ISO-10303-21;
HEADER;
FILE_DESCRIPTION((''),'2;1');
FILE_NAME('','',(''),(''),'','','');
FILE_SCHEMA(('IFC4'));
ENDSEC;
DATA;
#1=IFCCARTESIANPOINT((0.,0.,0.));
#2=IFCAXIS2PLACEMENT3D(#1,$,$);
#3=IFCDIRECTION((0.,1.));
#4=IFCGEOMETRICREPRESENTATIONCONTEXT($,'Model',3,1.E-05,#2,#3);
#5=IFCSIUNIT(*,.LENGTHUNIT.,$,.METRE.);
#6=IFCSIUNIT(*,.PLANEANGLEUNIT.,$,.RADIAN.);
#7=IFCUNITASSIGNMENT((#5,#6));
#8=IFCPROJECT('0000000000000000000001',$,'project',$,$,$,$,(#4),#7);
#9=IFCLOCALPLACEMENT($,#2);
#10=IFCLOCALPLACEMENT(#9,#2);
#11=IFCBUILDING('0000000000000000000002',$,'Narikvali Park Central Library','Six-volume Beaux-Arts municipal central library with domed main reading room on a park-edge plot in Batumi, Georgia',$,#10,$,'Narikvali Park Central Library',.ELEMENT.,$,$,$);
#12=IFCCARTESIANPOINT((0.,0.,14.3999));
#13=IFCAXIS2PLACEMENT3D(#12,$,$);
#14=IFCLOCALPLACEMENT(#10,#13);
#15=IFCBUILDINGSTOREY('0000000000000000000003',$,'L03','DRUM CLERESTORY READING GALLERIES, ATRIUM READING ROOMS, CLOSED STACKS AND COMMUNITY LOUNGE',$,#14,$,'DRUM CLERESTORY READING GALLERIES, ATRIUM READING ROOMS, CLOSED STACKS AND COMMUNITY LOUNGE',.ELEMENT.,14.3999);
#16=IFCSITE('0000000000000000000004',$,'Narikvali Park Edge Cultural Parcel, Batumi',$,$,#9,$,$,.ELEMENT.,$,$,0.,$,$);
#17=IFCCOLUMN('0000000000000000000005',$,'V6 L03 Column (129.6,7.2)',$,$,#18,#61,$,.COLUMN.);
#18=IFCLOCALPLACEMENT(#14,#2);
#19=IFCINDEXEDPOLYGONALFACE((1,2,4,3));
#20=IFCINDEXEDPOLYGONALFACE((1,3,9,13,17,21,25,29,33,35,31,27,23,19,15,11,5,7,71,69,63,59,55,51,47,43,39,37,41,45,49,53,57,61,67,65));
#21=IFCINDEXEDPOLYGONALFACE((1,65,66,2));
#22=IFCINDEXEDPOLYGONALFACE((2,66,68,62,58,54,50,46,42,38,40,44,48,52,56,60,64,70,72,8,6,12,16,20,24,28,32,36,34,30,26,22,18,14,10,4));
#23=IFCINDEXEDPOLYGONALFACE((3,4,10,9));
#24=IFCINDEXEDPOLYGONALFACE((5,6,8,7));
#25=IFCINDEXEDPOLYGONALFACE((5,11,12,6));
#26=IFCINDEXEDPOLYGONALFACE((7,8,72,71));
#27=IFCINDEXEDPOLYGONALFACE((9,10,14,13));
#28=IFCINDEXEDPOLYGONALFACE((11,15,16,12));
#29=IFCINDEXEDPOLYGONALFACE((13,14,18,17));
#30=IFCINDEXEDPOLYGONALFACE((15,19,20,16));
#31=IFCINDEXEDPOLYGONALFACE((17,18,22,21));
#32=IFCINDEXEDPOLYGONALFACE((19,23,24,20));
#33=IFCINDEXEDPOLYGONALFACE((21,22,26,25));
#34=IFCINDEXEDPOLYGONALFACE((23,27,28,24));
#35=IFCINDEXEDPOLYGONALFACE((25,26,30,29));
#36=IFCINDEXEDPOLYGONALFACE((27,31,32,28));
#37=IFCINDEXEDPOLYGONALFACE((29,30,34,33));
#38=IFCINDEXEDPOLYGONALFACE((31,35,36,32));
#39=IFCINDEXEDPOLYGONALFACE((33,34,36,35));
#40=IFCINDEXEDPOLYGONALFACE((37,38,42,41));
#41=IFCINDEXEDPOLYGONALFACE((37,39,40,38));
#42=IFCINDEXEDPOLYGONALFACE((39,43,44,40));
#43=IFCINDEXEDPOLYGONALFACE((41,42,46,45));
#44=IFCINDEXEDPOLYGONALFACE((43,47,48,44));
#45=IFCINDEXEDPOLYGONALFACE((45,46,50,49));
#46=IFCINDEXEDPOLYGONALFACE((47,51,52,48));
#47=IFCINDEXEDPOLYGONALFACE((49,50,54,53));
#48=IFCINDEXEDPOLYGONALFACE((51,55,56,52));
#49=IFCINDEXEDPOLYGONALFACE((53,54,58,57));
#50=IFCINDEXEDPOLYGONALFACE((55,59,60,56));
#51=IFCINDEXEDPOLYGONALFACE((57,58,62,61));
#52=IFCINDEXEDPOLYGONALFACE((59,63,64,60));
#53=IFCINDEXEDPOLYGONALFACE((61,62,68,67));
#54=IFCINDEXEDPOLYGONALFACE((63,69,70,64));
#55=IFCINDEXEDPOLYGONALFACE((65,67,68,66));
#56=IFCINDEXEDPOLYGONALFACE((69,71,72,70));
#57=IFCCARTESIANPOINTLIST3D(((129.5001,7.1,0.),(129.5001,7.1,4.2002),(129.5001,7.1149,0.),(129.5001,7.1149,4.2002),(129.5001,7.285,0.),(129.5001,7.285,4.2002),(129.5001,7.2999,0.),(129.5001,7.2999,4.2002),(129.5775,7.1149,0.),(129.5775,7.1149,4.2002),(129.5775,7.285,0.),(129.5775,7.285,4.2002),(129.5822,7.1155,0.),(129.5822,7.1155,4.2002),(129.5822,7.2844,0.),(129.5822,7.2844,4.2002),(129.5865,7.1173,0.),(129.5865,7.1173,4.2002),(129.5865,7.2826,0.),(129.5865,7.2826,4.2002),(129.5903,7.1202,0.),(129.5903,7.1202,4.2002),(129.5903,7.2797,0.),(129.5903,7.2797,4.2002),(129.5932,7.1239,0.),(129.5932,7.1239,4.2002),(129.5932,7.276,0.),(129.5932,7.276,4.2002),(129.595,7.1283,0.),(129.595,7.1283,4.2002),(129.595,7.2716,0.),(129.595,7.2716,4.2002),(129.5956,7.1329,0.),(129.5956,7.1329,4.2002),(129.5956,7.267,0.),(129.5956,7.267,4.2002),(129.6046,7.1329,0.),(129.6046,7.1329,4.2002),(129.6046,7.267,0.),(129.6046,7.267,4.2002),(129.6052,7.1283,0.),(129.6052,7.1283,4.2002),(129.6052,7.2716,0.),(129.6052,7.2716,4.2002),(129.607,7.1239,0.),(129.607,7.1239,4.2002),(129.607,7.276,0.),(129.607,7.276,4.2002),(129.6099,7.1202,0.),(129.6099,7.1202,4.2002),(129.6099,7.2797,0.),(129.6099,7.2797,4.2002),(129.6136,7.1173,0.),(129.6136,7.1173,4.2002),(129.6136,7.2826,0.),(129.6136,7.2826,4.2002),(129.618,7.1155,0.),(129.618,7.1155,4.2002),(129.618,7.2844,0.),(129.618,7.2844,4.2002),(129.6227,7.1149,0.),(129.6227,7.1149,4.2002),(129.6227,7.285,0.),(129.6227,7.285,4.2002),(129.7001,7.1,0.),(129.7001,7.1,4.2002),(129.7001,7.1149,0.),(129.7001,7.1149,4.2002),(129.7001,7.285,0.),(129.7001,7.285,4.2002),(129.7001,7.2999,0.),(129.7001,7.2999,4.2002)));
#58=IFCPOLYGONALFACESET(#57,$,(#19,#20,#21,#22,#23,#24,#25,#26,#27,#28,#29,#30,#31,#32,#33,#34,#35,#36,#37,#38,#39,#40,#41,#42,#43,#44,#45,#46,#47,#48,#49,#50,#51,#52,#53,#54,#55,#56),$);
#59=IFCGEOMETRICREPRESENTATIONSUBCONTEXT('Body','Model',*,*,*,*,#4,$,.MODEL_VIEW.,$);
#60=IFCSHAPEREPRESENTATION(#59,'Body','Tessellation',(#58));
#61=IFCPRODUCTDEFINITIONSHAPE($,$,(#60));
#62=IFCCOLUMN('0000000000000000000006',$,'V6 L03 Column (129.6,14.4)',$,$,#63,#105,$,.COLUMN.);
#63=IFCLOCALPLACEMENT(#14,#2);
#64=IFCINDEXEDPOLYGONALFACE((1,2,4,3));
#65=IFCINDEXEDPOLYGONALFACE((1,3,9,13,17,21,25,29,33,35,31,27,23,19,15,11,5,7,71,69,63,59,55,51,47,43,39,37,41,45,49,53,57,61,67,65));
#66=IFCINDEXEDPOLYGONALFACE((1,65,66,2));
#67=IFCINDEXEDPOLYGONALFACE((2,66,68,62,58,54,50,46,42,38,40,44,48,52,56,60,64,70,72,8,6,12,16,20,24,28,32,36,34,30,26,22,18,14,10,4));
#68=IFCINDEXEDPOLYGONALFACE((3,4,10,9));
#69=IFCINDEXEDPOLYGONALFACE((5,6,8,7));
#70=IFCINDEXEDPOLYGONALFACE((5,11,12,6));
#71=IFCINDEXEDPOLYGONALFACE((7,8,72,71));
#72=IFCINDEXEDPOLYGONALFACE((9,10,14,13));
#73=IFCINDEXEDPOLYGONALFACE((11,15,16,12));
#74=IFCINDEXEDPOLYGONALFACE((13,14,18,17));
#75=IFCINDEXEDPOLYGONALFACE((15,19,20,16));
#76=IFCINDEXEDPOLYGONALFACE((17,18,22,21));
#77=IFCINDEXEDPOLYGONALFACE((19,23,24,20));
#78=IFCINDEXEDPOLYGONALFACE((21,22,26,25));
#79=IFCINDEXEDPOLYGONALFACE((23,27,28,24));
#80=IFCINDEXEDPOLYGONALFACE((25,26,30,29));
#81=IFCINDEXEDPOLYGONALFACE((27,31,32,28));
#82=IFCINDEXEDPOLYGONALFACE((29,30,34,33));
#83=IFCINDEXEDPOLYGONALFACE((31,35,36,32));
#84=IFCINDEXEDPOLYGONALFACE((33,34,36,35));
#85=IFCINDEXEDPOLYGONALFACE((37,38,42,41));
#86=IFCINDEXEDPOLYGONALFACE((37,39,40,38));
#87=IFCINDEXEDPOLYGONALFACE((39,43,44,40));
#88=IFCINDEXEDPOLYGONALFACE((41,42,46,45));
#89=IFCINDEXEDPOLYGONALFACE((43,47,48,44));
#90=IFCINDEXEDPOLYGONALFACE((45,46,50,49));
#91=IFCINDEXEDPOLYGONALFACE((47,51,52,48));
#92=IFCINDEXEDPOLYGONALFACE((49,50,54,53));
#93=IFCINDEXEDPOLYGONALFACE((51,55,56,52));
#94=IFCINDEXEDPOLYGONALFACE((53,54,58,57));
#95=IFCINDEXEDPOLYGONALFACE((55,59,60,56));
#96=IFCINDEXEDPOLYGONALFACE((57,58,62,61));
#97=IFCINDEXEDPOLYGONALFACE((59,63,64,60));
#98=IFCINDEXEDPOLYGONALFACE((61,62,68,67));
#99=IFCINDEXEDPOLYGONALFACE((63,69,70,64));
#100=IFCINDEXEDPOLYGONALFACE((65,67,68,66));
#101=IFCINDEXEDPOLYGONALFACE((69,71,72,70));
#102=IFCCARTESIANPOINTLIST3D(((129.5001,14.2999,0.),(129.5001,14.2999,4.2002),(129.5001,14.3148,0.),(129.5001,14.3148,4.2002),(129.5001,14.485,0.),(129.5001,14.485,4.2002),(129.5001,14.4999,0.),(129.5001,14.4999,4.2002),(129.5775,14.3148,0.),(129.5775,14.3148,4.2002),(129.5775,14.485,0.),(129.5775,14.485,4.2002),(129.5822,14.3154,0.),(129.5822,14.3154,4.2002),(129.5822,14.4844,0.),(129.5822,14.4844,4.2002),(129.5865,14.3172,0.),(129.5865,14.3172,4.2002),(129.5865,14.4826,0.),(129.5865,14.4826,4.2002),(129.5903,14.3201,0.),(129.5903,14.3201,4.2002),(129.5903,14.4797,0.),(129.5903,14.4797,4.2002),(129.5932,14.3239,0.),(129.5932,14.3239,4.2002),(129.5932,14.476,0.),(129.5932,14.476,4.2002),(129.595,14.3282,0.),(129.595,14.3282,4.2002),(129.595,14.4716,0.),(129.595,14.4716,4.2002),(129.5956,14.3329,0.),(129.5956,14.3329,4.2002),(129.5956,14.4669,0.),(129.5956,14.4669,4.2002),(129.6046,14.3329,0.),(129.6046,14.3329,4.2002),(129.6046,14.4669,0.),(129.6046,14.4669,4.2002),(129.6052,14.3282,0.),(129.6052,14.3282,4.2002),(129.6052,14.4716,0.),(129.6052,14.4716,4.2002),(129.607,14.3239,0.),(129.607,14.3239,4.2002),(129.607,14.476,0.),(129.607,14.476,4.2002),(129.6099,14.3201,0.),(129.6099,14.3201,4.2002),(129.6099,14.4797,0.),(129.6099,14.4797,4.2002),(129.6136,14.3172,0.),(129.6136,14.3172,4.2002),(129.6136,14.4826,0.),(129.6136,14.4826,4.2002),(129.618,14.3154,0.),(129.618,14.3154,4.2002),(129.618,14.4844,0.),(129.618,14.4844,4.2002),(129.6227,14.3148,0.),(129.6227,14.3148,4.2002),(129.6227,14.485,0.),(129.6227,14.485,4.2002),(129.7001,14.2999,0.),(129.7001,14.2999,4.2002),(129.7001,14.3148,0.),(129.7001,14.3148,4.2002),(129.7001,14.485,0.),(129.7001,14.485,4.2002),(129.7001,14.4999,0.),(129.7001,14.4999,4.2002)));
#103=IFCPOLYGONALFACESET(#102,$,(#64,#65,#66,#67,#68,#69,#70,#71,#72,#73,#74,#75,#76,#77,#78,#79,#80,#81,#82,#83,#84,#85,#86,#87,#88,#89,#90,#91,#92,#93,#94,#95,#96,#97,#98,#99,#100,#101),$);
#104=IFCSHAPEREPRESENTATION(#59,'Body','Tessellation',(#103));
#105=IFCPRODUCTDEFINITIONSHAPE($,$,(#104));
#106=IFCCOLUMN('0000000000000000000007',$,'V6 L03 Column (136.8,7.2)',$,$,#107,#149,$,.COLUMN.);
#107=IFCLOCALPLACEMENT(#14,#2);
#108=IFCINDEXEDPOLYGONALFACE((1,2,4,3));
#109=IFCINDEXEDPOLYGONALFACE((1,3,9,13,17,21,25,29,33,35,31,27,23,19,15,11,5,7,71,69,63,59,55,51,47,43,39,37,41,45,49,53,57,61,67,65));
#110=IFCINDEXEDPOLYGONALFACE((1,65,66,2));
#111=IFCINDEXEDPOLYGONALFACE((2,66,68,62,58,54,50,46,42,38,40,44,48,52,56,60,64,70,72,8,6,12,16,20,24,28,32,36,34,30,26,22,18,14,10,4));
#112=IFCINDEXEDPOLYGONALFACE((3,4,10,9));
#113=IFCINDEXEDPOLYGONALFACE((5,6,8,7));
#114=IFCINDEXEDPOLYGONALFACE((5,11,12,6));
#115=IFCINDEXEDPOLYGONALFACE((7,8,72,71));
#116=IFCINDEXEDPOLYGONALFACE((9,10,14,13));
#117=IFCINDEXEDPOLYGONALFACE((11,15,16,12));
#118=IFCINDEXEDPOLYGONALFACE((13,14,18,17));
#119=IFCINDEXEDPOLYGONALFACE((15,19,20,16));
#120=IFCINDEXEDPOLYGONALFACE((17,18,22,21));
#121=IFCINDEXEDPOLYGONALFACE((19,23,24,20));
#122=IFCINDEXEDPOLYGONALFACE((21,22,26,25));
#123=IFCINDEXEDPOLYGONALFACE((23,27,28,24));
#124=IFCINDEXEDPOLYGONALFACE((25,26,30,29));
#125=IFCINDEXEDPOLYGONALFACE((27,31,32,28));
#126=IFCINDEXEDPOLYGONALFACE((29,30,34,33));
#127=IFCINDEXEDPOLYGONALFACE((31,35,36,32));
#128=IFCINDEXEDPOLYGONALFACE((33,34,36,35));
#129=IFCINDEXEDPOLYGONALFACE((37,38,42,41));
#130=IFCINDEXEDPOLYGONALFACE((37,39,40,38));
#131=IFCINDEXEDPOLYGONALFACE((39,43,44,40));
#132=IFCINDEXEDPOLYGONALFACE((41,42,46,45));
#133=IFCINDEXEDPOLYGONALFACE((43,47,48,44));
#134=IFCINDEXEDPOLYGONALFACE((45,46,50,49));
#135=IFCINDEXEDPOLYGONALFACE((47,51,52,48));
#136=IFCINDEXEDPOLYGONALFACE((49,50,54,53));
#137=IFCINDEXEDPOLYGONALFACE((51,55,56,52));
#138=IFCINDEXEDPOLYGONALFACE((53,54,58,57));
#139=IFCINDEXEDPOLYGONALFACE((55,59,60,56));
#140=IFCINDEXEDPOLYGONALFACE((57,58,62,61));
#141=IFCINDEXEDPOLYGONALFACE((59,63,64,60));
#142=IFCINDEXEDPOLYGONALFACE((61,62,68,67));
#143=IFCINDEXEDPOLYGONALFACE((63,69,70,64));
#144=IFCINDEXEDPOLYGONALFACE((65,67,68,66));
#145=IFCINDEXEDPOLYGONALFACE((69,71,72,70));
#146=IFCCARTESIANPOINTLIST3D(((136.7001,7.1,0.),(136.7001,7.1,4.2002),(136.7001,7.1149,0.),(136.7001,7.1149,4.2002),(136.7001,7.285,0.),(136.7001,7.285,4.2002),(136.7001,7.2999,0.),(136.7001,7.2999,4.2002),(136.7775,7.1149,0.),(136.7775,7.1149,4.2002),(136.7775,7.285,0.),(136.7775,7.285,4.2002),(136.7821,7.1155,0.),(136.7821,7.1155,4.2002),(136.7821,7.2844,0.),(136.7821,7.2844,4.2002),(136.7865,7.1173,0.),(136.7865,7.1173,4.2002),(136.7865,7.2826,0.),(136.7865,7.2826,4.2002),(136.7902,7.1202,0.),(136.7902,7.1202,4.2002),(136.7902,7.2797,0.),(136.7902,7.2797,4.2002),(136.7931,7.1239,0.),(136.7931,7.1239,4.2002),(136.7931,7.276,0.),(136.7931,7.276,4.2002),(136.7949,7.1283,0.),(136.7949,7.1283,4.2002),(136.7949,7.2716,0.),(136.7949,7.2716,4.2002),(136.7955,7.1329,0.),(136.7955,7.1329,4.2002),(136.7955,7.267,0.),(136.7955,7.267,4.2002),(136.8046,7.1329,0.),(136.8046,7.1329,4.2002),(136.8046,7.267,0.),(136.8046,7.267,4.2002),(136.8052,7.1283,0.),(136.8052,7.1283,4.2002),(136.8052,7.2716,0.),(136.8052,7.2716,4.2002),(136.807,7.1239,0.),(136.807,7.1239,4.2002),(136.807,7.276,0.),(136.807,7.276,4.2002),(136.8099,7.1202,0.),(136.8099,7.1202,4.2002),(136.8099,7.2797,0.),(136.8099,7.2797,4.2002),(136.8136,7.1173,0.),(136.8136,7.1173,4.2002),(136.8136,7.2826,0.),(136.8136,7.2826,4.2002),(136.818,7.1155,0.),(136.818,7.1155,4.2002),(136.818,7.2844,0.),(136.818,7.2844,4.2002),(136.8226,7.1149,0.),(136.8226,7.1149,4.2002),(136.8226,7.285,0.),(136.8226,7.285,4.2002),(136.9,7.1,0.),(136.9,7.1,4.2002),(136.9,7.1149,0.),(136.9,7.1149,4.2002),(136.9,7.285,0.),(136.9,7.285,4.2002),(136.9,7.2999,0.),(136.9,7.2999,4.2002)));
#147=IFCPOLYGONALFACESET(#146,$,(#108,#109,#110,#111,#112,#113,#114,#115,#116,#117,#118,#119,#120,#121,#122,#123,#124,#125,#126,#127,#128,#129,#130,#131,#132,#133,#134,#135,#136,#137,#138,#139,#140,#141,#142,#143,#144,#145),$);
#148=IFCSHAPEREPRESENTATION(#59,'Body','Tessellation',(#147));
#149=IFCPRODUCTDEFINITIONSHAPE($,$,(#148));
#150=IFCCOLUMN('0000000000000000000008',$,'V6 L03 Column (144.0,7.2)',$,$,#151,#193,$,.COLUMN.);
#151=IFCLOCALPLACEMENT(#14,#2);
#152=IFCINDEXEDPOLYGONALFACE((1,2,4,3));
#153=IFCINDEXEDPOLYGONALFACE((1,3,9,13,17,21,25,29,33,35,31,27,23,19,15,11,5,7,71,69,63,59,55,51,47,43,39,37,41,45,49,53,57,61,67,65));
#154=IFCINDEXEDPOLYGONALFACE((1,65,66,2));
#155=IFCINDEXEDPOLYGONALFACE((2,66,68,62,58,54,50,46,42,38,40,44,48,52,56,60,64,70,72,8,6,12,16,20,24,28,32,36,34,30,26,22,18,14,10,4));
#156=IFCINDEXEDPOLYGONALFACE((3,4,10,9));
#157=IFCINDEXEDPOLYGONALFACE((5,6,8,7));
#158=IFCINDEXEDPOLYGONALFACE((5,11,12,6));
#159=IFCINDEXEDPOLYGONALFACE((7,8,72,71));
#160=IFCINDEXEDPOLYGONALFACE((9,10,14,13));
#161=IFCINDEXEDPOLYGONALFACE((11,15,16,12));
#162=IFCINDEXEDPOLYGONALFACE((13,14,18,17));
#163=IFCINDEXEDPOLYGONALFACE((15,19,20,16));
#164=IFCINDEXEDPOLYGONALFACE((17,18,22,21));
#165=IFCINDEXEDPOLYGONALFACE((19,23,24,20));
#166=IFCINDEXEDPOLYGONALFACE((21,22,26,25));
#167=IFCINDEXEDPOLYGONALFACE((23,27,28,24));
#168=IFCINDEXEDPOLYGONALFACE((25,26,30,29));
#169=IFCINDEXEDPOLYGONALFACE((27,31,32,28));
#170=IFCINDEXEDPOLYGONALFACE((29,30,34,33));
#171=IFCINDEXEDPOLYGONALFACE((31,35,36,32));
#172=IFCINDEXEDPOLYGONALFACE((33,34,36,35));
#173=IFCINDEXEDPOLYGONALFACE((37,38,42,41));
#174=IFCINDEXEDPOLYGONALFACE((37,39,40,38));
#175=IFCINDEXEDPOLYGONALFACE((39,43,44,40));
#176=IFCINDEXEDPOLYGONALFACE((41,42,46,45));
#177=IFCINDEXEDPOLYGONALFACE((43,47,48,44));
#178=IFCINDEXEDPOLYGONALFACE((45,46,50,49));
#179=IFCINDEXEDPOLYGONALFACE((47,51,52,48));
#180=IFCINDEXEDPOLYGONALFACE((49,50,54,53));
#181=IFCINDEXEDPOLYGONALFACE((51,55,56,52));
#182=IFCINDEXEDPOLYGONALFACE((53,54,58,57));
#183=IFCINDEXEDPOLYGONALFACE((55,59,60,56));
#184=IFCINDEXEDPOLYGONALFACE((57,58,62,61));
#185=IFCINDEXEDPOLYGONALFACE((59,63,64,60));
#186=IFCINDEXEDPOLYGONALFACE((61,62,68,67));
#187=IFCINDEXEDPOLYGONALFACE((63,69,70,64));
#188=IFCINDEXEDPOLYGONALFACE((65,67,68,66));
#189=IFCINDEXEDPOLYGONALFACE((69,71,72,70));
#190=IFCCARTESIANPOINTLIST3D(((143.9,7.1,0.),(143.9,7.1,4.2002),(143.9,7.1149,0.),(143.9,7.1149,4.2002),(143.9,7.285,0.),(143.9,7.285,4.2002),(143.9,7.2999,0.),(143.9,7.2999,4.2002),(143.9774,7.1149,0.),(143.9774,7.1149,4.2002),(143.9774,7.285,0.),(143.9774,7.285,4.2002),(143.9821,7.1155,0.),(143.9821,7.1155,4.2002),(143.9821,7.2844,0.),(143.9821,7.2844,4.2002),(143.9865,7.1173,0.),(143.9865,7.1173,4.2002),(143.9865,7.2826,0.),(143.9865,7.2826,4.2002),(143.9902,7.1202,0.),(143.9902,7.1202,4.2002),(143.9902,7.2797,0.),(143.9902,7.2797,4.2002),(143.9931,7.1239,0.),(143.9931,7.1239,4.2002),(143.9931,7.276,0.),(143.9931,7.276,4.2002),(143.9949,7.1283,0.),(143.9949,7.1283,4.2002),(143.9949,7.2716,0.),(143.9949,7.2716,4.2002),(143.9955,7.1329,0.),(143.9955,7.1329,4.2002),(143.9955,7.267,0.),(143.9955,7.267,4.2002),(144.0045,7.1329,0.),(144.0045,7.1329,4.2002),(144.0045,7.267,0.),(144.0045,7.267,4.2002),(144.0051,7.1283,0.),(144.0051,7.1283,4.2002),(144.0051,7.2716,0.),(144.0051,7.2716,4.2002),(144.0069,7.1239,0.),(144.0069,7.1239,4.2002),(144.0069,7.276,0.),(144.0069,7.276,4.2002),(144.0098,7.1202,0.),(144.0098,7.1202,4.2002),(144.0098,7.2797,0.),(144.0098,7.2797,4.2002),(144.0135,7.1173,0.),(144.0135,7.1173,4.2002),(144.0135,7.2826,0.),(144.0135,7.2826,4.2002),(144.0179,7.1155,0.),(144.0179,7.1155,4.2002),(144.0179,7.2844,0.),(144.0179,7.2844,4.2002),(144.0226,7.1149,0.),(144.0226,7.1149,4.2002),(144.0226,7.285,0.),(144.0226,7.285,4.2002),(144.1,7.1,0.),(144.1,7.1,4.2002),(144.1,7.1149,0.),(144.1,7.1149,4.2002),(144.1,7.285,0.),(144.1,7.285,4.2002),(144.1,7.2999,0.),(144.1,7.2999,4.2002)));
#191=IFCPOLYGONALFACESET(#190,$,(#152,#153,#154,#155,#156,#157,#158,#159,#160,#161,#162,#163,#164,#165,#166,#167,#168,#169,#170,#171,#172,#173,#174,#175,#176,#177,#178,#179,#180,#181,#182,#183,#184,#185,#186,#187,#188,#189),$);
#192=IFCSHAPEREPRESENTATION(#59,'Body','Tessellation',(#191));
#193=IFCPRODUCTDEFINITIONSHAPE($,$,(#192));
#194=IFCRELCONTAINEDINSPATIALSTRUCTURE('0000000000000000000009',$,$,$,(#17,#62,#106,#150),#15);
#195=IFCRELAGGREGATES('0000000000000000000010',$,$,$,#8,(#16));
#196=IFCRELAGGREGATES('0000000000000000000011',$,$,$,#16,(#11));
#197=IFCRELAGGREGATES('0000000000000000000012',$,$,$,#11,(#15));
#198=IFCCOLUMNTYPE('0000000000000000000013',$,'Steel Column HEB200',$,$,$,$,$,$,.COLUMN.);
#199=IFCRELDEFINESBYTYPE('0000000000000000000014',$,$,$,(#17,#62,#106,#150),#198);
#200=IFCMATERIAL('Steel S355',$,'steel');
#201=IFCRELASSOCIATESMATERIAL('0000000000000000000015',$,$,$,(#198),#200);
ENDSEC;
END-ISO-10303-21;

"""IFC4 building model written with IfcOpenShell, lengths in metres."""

from ifc_helpers import new_model, si_unit, direction, frame, origin, origin_2d, place, context, subcontext, project, spatial, i_section, extrude, material, material_profile, profile_set, type_object, element, save


model = new_model("IFC4")

# Units and contexts
model_context = context("Model", 3, precision=1e-05, world=origin(), true_north=direction((0.0, 1.0)))
body_context = subcontext(model_context, "Body", "Model", "MODEL_VIEW")
ifc_project = project(units=[si_unit("LENGTHUNIT", "METRE"), si_unit("PLANEANGLEUNIT", "RADIAN")], contexts=[model_context])

# Site, building, storey
site_placement = place(None, origin())
site = spatial("IfcSite", under=ifc_project, at=site_placement, Name="Narikvali Park Edge Cultural Parcel, Batumi", CompositionType="ELEMENT", RefElevation=0.0)
building_placement = place(site_placement, origin())
building = spatial("IfcBuilding", under=site, at=building_placement, Name="Narikvali Park Central Library", Description="Six-volume Beaux-Arts municipal central library with domed main reading room on a park-edge plot in Batumi, Georgia", LongName="Narikvali Park Central Library", CompositionType="ELEMENT")
storey_placement = place(building_placement, frame((0.0, 0.0, 14.3999)))
storey = spatial("IfcBuildingStorey", under=building, at=storey_placement, Name="L03", Description="DRUM CLERESTORY READING GALLERIES, ATRIUM READING ROOMS, CLOSED STACKS AND COMMUNITY LOUNGE", LongName="DRUM CLERESTORY READING GALLERIES, ATRIUM READING ROOMS, CLOSED STACKS AND COMMUNITY LOUNGE", CompositionType="ELEMENT", Elevation=14.3999)

# Columns
ifc_material_1 = material(Name="Steel S355", Category="steel")
ifc_material_profile_1 = material_profile(ifc_material_1, i_section(OverallWidth=0.2, OverallDepth=0.2, WebThickness=0.009, FlangeThickness=0.0149, FilletRadius=0.0181, at=origin_2d()), Name="HEB 200")
ifc_profile_set_1 = profile_set([ifc_material_profile_1], Name="Steel S355")
column_type = type_object("IfcColumnType", Name="Steel Column HEB200", PredefinedType="COLUMN", material=ifc_profile_set_1)
for number, where, z_axis, x_axis, name in (
    (1, (129.6001, 7.2, 0.0), (0.0, 0.0, 1.0), (1.0, 0.0, 0.0), "V6 L03 Column (129.6,7.2)"),
    (2, (129.6001, 14.3999, 0.0), (0.0, 0.0, 1.0), (1.0, 0.0, 0.0), "V6 L03 Column (129.6,14.4)"),
    (3, (136.8, 7.2, 0.0), (0.0, 0.0, 1.0), (1.0, 0.0, 0.0), "V6 L03 Column (136.8,7.2)"),
    (4, (144.0, 7.2, 0.0), (0.0, 0.0, 1.0), (1.0, 0.0, 0.0), "V6 L03 Column (144.0,7.2)"),
):
    element("IfcColumn", number, at=place(storey_placement, frame(where, z_axis=z_axis, x_axis=x_axis)), inside=storey, type_object=column_type, Name=name, PredefinedType="COLUMN", context=body_context, shape_type="SweptSolid", body=[
        extrude(i_section(OverallWidth=0.2, OverallDepth=0.2, WebThickness=0.009, FlangeThickness=0.0149, FilletRadius=0.0181, at=origin_2d()), origin(), (0.0, 0.0, 1.0), 4.2002),
    ])

save(model, "model.ifc")
